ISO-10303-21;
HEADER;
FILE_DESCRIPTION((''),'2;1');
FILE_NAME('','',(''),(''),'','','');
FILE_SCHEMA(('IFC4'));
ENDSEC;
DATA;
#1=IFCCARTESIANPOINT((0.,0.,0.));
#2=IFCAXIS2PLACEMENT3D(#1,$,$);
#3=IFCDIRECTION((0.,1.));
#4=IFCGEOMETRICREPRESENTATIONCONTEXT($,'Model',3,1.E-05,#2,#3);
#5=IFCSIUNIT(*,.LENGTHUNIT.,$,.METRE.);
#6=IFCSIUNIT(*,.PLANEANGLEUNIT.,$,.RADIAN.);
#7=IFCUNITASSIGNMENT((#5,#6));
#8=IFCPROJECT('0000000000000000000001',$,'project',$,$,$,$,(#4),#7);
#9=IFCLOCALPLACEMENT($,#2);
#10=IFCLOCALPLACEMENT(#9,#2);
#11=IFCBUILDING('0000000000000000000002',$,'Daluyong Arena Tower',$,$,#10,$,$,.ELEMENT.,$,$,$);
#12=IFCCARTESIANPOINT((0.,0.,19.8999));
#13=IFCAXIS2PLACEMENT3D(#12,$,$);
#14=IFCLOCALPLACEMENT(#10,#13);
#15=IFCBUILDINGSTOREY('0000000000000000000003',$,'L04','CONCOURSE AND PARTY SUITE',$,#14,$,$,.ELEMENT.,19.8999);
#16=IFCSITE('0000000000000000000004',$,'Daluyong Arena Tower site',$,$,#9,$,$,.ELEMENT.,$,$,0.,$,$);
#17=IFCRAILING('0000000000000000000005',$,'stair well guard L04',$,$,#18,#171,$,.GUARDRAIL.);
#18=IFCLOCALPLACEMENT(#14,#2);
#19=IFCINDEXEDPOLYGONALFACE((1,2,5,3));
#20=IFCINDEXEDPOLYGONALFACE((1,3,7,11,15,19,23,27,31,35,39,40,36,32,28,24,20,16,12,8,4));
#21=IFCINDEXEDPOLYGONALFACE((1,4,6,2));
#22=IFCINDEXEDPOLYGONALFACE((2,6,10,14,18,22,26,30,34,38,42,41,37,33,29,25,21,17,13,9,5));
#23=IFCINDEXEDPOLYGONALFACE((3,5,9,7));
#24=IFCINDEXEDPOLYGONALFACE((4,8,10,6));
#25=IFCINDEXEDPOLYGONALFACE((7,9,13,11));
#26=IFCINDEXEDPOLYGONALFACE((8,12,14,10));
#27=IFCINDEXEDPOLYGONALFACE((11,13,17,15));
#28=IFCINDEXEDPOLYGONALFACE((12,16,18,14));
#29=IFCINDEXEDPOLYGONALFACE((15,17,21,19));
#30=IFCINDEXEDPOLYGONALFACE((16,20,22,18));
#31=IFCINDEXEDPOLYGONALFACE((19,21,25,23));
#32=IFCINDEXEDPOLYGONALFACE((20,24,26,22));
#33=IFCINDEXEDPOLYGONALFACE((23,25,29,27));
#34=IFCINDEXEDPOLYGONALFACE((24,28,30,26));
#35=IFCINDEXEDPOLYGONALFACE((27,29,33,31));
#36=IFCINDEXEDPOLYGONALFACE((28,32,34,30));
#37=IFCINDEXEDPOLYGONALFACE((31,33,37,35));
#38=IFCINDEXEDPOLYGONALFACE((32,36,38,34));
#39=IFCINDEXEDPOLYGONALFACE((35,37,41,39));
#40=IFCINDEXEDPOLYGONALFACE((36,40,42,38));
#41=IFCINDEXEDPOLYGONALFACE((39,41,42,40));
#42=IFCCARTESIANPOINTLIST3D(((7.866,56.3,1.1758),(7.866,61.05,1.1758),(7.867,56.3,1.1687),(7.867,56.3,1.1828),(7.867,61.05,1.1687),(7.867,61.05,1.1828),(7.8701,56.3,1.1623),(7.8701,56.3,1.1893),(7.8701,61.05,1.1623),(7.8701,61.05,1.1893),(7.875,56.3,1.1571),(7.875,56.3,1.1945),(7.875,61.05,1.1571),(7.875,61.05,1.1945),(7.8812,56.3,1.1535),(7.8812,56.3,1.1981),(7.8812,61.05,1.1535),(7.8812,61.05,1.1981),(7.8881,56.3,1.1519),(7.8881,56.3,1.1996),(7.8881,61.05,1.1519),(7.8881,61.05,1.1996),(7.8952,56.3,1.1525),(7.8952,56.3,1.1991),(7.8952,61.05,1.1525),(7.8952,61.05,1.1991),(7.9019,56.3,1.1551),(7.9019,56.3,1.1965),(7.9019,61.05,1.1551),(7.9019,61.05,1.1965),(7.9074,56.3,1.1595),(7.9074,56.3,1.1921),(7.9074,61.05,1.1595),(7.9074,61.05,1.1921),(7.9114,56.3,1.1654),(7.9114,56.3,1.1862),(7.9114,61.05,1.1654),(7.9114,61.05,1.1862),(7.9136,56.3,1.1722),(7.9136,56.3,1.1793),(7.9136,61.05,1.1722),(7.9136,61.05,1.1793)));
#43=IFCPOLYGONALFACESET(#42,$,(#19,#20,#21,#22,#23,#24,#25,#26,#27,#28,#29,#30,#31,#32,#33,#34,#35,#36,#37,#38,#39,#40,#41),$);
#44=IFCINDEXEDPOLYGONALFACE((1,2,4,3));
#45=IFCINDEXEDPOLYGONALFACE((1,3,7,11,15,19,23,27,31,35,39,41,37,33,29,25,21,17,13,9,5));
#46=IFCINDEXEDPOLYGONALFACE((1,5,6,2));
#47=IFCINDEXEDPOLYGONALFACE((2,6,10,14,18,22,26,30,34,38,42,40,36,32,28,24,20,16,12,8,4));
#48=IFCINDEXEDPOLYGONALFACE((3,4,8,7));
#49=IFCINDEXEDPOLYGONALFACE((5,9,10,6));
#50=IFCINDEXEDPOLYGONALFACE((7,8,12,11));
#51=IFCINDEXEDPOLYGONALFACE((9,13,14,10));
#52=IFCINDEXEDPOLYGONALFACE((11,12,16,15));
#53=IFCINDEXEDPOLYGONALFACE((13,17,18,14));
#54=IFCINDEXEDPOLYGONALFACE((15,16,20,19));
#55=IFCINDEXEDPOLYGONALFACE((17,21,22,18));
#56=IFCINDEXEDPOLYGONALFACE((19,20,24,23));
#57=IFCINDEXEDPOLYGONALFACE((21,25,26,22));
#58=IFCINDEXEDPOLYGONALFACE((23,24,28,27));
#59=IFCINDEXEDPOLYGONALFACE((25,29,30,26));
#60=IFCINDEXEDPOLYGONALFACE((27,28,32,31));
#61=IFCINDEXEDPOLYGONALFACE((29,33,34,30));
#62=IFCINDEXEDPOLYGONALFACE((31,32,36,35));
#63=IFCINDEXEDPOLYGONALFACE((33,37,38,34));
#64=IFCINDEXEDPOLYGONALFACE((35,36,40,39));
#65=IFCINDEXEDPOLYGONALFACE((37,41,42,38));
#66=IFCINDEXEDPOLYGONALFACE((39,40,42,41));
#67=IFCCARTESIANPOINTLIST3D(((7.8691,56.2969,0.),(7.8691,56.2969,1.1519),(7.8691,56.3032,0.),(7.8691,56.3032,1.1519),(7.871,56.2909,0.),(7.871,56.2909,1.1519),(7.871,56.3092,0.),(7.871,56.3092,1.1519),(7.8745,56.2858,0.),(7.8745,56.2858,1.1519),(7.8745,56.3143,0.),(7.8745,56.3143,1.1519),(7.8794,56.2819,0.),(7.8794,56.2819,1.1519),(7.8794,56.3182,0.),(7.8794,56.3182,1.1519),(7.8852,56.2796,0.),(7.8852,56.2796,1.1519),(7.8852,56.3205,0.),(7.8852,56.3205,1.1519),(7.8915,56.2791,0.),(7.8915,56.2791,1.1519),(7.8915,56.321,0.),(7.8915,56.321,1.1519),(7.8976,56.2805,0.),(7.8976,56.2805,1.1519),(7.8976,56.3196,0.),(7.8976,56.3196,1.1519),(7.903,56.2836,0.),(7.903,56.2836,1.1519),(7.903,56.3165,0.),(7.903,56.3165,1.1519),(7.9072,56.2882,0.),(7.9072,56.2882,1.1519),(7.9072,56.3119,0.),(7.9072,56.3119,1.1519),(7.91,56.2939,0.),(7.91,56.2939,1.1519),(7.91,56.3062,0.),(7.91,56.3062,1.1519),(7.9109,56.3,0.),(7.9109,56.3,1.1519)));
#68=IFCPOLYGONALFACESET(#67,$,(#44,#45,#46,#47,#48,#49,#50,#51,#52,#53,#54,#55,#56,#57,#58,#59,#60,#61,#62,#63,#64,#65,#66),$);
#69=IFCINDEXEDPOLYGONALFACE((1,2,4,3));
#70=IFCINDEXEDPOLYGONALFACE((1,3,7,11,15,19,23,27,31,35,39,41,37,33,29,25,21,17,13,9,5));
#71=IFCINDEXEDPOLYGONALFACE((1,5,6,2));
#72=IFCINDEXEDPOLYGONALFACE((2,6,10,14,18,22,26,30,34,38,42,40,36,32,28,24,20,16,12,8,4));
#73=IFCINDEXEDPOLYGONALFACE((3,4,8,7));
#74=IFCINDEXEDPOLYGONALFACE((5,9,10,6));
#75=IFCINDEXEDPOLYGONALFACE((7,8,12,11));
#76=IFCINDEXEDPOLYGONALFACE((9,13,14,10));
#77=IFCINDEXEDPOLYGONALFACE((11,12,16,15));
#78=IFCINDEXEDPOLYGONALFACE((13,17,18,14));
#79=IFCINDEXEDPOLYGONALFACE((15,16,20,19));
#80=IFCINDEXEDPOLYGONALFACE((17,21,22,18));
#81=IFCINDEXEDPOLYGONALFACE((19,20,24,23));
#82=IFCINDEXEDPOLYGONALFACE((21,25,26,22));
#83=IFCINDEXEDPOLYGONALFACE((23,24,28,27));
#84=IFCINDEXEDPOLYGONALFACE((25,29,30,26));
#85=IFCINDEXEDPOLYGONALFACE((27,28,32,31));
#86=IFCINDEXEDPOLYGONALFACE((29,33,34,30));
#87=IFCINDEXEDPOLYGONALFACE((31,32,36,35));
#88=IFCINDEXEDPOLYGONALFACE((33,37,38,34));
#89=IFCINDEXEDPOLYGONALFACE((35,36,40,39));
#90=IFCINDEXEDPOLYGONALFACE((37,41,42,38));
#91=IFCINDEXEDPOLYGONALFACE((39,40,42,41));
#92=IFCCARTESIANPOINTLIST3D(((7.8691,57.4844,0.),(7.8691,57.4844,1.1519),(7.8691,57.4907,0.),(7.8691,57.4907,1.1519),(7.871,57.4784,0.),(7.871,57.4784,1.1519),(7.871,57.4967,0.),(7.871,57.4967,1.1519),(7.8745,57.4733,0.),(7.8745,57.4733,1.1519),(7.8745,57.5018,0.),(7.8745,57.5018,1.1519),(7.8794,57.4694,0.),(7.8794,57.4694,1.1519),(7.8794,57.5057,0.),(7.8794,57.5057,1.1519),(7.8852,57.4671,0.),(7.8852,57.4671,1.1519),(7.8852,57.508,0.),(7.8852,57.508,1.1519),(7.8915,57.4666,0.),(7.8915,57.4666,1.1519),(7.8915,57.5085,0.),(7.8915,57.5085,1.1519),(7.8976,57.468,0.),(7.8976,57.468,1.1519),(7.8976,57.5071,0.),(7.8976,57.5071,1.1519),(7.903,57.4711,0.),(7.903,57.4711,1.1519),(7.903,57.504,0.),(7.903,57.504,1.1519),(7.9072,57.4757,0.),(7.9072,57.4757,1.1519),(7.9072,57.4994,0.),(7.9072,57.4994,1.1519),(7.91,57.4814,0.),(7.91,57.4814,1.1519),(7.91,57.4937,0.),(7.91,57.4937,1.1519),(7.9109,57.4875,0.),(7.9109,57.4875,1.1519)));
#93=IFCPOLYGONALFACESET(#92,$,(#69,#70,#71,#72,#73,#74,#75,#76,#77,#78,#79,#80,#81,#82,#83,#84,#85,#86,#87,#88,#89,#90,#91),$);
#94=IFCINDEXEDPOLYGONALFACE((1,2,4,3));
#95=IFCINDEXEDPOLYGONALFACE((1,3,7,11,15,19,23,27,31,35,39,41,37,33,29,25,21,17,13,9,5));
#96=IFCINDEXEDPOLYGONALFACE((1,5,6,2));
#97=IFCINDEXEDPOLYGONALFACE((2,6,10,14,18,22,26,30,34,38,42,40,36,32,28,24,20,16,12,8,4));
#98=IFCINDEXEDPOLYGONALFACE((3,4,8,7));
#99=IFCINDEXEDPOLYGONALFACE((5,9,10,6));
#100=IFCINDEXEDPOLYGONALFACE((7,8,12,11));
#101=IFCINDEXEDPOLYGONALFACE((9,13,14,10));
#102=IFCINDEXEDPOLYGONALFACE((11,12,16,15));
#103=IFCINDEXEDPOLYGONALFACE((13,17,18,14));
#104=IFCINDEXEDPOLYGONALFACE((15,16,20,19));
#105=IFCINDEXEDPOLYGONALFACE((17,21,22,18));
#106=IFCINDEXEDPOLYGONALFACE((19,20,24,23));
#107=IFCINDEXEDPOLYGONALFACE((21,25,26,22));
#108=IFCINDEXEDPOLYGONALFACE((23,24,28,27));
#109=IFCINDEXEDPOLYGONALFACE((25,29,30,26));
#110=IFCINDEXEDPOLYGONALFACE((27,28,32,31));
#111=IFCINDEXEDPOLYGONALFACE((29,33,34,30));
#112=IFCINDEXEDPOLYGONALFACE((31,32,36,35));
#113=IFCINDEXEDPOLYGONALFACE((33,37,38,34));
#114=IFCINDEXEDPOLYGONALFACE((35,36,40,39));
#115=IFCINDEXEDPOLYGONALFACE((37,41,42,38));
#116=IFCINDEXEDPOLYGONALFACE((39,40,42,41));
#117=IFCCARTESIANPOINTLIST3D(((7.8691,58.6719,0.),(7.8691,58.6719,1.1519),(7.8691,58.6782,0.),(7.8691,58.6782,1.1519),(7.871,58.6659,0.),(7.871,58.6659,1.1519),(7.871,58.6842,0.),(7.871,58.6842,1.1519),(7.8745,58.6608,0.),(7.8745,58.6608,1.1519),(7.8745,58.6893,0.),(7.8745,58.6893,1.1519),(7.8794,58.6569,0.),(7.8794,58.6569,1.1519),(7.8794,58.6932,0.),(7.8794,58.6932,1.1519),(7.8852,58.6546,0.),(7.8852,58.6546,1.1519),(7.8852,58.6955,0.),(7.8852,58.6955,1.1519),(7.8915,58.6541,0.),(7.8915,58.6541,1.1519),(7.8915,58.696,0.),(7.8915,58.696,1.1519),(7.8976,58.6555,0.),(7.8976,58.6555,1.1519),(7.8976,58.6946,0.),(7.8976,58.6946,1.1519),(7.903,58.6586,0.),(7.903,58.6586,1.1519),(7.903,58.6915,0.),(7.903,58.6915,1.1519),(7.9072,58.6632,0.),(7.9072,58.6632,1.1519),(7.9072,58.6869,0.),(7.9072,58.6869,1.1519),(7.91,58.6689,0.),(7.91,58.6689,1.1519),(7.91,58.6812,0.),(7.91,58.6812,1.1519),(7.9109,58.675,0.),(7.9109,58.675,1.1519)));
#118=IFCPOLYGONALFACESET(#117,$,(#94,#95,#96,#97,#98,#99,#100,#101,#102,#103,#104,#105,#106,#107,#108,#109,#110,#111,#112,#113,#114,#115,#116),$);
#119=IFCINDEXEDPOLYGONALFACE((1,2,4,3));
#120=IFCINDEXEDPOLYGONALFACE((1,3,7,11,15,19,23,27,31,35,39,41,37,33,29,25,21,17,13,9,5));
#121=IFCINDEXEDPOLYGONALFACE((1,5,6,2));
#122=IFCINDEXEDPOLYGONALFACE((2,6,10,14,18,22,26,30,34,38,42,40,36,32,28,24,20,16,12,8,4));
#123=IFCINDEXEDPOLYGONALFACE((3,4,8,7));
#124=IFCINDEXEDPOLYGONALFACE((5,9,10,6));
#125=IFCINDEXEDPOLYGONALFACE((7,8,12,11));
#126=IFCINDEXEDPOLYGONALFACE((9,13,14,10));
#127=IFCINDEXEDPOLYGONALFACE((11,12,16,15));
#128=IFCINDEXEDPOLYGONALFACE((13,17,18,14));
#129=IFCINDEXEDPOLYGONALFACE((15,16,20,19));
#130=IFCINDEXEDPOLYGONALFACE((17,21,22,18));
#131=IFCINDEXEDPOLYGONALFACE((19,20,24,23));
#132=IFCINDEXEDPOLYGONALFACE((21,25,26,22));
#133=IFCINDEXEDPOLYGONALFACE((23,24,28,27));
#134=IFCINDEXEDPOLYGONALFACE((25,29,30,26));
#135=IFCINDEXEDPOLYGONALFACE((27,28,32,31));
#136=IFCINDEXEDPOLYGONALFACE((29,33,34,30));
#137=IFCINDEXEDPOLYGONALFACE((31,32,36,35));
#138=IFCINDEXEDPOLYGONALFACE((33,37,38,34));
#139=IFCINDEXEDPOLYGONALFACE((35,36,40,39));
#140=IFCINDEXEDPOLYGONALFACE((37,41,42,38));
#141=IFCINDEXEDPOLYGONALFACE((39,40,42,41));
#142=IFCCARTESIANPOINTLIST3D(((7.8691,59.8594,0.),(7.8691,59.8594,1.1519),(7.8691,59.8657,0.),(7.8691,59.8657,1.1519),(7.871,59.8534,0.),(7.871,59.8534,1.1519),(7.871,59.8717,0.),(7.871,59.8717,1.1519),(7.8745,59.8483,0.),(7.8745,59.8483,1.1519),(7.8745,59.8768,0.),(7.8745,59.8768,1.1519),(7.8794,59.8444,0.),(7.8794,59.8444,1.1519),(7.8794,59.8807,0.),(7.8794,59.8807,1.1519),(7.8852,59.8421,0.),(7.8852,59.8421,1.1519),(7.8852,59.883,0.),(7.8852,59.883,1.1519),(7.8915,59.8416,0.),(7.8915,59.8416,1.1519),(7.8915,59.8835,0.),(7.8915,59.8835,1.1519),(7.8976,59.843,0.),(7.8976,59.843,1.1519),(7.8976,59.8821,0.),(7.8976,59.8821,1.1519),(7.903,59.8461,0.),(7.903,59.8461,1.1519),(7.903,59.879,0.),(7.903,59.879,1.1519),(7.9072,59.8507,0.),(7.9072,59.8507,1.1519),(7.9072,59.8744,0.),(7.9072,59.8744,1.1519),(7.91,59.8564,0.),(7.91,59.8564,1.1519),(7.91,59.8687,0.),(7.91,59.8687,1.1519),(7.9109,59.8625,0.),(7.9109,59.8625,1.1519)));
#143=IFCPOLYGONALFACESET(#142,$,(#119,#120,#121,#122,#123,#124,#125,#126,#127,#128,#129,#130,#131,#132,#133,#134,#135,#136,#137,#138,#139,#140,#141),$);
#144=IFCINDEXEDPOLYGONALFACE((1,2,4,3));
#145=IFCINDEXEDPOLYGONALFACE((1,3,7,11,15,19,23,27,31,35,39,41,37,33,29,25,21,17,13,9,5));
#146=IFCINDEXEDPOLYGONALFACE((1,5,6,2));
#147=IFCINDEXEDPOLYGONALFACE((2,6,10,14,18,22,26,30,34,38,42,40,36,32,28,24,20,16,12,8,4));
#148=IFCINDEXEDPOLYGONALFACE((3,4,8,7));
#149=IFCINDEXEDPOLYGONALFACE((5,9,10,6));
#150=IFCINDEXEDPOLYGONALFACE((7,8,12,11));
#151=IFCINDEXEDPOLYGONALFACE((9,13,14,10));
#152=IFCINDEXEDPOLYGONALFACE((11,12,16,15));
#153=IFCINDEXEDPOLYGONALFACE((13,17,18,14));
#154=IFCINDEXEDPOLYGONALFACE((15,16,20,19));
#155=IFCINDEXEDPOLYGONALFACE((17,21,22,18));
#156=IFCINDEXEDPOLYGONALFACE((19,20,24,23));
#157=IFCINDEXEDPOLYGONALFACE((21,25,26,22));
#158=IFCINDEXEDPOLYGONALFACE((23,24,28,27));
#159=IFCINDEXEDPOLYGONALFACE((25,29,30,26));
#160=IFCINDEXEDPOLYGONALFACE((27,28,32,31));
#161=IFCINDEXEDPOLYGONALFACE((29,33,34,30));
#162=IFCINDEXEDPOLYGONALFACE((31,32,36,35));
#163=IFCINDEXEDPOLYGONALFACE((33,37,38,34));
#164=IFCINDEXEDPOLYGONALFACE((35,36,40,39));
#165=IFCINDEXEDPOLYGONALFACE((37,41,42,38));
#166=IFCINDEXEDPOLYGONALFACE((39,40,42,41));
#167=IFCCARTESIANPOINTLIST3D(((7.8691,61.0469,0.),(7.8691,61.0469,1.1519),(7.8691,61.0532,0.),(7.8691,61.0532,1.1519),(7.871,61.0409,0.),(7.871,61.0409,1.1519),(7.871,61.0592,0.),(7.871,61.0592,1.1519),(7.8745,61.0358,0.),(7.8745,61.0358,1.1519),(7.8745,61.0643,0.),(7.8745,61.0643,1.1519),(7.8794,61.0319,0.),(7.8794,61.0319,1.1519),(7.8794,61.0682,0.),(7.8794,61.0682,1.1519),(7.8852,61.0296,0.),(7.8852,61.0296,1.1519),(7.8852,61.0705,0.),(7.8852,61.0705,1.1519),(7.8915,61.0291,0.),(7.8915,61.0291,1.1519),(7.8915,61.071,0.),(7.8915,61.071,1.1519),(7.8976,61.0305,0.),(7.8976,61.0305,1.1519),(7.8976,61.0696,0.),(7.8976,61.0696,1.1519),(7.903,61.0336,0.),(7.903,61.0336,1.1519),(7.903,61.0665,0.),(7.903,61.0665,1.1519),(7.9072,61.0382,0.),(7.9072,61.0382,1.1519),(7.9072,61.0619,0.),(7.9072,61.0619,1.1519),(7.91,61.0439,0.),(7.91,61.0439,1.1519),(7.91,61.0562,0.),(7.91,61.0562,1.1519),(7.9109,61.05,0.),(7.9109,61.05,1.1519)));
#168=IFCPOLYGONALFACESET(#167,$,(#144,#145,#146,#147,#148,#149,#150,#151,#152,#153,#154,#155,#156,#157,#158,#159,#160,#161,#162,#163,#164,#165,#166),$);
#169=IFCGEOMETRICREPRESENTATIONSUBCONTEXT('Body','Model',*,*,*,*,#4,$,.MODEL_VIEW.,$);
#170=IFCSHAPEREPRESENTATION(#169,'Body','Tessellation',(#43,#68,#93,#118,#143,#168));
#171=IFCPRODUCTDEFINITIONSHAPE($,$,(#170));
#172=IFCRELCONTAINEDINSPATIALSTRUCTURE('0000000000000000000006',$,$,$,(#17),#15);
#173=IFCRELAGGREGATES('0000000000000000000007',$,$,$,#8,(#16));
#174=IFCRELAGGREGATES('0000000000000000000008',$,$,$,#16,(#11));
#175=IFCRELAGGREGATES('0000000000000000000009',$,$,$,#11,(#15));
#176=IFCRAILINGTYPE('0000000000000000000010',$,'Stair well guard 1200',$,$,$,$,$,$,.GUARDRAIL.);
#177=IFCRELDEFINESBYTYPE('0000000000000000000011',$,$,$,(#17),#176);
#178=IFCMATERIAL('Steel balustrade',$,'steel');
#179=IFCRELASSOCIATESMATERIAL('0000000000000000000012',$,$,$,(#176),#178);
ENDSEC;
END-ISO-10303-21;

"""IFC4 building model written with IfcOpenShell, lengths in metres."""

from ifc_helpers import new_model, si_unit, direction, frame, origin, origin_2d, place, context, subcontext, project, spatial, circle, extrude, material, type_object, element, save


model = new_model("IFC4")

# Units and contexts
model_context = context("Model", 3, precision=1e-05, world=origin(), true_north=direction((0.0, 1.0)))
body_context = subcontext(model_context, "Body", "Model", "MODEL_VIEW")
ifc_project = project(units=[si_unit("LENGTHUNIT", "METRE"), si_unit("PLANEANGLEUNIT", "RADIAN")], contexts=[model_context])

# Site, building, storey
site_placement = place(None, origin())
site = spatial("IfcSite", under=ifc_project, at=site_placement, Name="Daluyong Arena Tower site", CompositionType="ELEMENT", RefElevation=0.0)
building_placement = place(site_placement, origin())
building = spatial("IfcBuilding", under=site, at=building_placement, Name="Daluyong Arena Tower", CompositionType="ELEMENT")
storey_placement = place(building_placement, frame((0.0, 0.0, 19.8999)))
storey = spatial("IfcBuildingStorey", under=building, at=storey_placement, Name="L04", Description="CONCOURSE AND PARTY SUITE", CompositionType="ELEMENT", Elevation=19.8999)

# Railing
ifc_material_1 = material(Name="Steel balustrade", Category="steel")
railing_type = type_object("IfcRailingType", Name="Stair well guard 1200", PredefinedType="GUARDRAIL", material=ifc_material_1)
for number, where, name in (
    (1, (7.8899, 56.3, 0.0), "stair well guard L04"),
):
    element("IfcRailing", number, at=place(storey_placement, frame(where)), inside=storey, type_object=railing_type, Name=name, PredefinedType="GUARDRAIL", context=body_context, shape_type="SweptSolid", body=[
        extrude(circle(Radius=0.0239, at=origin_2d()), frame((0.0, 0.0, 1.1758), z_axis=(0.0, 1.0, 0.0), x_axis=(-1.0, 0.0, 0.0)), (0.0, 0.0, 1.0), 4.75),
        extrude(circle(Radius=0.021, at=origin_2d()), origin(), (0.0, 0.0, 1.0), 1.1519),
        extrude(circle(Radius=0.021, at=origin_2d()), frame((0.0, 1.1875, 0.0)), (0.0, 0.0, 1.0), 1.1519),
        extrude(circle(Radius=0.021, at=origin_2d()), frame((0.0, 2.375, 0.0)), (0.0, 0.0, 1.0), 1.1519),
        extrude(circle(Radius=0.021, at=origin_2d()), frame((0.0, 3.5625, 0.0)), (0.0, 0.0, 1.0), 1.1519),
        extrude(circle(Radius=0.021, at=origin_2d()), frame((0.0, 4.75, 0.0)), (0.0, 0.0, 1.0), 1.1519),
    ])

save(model, "model.ifc")
